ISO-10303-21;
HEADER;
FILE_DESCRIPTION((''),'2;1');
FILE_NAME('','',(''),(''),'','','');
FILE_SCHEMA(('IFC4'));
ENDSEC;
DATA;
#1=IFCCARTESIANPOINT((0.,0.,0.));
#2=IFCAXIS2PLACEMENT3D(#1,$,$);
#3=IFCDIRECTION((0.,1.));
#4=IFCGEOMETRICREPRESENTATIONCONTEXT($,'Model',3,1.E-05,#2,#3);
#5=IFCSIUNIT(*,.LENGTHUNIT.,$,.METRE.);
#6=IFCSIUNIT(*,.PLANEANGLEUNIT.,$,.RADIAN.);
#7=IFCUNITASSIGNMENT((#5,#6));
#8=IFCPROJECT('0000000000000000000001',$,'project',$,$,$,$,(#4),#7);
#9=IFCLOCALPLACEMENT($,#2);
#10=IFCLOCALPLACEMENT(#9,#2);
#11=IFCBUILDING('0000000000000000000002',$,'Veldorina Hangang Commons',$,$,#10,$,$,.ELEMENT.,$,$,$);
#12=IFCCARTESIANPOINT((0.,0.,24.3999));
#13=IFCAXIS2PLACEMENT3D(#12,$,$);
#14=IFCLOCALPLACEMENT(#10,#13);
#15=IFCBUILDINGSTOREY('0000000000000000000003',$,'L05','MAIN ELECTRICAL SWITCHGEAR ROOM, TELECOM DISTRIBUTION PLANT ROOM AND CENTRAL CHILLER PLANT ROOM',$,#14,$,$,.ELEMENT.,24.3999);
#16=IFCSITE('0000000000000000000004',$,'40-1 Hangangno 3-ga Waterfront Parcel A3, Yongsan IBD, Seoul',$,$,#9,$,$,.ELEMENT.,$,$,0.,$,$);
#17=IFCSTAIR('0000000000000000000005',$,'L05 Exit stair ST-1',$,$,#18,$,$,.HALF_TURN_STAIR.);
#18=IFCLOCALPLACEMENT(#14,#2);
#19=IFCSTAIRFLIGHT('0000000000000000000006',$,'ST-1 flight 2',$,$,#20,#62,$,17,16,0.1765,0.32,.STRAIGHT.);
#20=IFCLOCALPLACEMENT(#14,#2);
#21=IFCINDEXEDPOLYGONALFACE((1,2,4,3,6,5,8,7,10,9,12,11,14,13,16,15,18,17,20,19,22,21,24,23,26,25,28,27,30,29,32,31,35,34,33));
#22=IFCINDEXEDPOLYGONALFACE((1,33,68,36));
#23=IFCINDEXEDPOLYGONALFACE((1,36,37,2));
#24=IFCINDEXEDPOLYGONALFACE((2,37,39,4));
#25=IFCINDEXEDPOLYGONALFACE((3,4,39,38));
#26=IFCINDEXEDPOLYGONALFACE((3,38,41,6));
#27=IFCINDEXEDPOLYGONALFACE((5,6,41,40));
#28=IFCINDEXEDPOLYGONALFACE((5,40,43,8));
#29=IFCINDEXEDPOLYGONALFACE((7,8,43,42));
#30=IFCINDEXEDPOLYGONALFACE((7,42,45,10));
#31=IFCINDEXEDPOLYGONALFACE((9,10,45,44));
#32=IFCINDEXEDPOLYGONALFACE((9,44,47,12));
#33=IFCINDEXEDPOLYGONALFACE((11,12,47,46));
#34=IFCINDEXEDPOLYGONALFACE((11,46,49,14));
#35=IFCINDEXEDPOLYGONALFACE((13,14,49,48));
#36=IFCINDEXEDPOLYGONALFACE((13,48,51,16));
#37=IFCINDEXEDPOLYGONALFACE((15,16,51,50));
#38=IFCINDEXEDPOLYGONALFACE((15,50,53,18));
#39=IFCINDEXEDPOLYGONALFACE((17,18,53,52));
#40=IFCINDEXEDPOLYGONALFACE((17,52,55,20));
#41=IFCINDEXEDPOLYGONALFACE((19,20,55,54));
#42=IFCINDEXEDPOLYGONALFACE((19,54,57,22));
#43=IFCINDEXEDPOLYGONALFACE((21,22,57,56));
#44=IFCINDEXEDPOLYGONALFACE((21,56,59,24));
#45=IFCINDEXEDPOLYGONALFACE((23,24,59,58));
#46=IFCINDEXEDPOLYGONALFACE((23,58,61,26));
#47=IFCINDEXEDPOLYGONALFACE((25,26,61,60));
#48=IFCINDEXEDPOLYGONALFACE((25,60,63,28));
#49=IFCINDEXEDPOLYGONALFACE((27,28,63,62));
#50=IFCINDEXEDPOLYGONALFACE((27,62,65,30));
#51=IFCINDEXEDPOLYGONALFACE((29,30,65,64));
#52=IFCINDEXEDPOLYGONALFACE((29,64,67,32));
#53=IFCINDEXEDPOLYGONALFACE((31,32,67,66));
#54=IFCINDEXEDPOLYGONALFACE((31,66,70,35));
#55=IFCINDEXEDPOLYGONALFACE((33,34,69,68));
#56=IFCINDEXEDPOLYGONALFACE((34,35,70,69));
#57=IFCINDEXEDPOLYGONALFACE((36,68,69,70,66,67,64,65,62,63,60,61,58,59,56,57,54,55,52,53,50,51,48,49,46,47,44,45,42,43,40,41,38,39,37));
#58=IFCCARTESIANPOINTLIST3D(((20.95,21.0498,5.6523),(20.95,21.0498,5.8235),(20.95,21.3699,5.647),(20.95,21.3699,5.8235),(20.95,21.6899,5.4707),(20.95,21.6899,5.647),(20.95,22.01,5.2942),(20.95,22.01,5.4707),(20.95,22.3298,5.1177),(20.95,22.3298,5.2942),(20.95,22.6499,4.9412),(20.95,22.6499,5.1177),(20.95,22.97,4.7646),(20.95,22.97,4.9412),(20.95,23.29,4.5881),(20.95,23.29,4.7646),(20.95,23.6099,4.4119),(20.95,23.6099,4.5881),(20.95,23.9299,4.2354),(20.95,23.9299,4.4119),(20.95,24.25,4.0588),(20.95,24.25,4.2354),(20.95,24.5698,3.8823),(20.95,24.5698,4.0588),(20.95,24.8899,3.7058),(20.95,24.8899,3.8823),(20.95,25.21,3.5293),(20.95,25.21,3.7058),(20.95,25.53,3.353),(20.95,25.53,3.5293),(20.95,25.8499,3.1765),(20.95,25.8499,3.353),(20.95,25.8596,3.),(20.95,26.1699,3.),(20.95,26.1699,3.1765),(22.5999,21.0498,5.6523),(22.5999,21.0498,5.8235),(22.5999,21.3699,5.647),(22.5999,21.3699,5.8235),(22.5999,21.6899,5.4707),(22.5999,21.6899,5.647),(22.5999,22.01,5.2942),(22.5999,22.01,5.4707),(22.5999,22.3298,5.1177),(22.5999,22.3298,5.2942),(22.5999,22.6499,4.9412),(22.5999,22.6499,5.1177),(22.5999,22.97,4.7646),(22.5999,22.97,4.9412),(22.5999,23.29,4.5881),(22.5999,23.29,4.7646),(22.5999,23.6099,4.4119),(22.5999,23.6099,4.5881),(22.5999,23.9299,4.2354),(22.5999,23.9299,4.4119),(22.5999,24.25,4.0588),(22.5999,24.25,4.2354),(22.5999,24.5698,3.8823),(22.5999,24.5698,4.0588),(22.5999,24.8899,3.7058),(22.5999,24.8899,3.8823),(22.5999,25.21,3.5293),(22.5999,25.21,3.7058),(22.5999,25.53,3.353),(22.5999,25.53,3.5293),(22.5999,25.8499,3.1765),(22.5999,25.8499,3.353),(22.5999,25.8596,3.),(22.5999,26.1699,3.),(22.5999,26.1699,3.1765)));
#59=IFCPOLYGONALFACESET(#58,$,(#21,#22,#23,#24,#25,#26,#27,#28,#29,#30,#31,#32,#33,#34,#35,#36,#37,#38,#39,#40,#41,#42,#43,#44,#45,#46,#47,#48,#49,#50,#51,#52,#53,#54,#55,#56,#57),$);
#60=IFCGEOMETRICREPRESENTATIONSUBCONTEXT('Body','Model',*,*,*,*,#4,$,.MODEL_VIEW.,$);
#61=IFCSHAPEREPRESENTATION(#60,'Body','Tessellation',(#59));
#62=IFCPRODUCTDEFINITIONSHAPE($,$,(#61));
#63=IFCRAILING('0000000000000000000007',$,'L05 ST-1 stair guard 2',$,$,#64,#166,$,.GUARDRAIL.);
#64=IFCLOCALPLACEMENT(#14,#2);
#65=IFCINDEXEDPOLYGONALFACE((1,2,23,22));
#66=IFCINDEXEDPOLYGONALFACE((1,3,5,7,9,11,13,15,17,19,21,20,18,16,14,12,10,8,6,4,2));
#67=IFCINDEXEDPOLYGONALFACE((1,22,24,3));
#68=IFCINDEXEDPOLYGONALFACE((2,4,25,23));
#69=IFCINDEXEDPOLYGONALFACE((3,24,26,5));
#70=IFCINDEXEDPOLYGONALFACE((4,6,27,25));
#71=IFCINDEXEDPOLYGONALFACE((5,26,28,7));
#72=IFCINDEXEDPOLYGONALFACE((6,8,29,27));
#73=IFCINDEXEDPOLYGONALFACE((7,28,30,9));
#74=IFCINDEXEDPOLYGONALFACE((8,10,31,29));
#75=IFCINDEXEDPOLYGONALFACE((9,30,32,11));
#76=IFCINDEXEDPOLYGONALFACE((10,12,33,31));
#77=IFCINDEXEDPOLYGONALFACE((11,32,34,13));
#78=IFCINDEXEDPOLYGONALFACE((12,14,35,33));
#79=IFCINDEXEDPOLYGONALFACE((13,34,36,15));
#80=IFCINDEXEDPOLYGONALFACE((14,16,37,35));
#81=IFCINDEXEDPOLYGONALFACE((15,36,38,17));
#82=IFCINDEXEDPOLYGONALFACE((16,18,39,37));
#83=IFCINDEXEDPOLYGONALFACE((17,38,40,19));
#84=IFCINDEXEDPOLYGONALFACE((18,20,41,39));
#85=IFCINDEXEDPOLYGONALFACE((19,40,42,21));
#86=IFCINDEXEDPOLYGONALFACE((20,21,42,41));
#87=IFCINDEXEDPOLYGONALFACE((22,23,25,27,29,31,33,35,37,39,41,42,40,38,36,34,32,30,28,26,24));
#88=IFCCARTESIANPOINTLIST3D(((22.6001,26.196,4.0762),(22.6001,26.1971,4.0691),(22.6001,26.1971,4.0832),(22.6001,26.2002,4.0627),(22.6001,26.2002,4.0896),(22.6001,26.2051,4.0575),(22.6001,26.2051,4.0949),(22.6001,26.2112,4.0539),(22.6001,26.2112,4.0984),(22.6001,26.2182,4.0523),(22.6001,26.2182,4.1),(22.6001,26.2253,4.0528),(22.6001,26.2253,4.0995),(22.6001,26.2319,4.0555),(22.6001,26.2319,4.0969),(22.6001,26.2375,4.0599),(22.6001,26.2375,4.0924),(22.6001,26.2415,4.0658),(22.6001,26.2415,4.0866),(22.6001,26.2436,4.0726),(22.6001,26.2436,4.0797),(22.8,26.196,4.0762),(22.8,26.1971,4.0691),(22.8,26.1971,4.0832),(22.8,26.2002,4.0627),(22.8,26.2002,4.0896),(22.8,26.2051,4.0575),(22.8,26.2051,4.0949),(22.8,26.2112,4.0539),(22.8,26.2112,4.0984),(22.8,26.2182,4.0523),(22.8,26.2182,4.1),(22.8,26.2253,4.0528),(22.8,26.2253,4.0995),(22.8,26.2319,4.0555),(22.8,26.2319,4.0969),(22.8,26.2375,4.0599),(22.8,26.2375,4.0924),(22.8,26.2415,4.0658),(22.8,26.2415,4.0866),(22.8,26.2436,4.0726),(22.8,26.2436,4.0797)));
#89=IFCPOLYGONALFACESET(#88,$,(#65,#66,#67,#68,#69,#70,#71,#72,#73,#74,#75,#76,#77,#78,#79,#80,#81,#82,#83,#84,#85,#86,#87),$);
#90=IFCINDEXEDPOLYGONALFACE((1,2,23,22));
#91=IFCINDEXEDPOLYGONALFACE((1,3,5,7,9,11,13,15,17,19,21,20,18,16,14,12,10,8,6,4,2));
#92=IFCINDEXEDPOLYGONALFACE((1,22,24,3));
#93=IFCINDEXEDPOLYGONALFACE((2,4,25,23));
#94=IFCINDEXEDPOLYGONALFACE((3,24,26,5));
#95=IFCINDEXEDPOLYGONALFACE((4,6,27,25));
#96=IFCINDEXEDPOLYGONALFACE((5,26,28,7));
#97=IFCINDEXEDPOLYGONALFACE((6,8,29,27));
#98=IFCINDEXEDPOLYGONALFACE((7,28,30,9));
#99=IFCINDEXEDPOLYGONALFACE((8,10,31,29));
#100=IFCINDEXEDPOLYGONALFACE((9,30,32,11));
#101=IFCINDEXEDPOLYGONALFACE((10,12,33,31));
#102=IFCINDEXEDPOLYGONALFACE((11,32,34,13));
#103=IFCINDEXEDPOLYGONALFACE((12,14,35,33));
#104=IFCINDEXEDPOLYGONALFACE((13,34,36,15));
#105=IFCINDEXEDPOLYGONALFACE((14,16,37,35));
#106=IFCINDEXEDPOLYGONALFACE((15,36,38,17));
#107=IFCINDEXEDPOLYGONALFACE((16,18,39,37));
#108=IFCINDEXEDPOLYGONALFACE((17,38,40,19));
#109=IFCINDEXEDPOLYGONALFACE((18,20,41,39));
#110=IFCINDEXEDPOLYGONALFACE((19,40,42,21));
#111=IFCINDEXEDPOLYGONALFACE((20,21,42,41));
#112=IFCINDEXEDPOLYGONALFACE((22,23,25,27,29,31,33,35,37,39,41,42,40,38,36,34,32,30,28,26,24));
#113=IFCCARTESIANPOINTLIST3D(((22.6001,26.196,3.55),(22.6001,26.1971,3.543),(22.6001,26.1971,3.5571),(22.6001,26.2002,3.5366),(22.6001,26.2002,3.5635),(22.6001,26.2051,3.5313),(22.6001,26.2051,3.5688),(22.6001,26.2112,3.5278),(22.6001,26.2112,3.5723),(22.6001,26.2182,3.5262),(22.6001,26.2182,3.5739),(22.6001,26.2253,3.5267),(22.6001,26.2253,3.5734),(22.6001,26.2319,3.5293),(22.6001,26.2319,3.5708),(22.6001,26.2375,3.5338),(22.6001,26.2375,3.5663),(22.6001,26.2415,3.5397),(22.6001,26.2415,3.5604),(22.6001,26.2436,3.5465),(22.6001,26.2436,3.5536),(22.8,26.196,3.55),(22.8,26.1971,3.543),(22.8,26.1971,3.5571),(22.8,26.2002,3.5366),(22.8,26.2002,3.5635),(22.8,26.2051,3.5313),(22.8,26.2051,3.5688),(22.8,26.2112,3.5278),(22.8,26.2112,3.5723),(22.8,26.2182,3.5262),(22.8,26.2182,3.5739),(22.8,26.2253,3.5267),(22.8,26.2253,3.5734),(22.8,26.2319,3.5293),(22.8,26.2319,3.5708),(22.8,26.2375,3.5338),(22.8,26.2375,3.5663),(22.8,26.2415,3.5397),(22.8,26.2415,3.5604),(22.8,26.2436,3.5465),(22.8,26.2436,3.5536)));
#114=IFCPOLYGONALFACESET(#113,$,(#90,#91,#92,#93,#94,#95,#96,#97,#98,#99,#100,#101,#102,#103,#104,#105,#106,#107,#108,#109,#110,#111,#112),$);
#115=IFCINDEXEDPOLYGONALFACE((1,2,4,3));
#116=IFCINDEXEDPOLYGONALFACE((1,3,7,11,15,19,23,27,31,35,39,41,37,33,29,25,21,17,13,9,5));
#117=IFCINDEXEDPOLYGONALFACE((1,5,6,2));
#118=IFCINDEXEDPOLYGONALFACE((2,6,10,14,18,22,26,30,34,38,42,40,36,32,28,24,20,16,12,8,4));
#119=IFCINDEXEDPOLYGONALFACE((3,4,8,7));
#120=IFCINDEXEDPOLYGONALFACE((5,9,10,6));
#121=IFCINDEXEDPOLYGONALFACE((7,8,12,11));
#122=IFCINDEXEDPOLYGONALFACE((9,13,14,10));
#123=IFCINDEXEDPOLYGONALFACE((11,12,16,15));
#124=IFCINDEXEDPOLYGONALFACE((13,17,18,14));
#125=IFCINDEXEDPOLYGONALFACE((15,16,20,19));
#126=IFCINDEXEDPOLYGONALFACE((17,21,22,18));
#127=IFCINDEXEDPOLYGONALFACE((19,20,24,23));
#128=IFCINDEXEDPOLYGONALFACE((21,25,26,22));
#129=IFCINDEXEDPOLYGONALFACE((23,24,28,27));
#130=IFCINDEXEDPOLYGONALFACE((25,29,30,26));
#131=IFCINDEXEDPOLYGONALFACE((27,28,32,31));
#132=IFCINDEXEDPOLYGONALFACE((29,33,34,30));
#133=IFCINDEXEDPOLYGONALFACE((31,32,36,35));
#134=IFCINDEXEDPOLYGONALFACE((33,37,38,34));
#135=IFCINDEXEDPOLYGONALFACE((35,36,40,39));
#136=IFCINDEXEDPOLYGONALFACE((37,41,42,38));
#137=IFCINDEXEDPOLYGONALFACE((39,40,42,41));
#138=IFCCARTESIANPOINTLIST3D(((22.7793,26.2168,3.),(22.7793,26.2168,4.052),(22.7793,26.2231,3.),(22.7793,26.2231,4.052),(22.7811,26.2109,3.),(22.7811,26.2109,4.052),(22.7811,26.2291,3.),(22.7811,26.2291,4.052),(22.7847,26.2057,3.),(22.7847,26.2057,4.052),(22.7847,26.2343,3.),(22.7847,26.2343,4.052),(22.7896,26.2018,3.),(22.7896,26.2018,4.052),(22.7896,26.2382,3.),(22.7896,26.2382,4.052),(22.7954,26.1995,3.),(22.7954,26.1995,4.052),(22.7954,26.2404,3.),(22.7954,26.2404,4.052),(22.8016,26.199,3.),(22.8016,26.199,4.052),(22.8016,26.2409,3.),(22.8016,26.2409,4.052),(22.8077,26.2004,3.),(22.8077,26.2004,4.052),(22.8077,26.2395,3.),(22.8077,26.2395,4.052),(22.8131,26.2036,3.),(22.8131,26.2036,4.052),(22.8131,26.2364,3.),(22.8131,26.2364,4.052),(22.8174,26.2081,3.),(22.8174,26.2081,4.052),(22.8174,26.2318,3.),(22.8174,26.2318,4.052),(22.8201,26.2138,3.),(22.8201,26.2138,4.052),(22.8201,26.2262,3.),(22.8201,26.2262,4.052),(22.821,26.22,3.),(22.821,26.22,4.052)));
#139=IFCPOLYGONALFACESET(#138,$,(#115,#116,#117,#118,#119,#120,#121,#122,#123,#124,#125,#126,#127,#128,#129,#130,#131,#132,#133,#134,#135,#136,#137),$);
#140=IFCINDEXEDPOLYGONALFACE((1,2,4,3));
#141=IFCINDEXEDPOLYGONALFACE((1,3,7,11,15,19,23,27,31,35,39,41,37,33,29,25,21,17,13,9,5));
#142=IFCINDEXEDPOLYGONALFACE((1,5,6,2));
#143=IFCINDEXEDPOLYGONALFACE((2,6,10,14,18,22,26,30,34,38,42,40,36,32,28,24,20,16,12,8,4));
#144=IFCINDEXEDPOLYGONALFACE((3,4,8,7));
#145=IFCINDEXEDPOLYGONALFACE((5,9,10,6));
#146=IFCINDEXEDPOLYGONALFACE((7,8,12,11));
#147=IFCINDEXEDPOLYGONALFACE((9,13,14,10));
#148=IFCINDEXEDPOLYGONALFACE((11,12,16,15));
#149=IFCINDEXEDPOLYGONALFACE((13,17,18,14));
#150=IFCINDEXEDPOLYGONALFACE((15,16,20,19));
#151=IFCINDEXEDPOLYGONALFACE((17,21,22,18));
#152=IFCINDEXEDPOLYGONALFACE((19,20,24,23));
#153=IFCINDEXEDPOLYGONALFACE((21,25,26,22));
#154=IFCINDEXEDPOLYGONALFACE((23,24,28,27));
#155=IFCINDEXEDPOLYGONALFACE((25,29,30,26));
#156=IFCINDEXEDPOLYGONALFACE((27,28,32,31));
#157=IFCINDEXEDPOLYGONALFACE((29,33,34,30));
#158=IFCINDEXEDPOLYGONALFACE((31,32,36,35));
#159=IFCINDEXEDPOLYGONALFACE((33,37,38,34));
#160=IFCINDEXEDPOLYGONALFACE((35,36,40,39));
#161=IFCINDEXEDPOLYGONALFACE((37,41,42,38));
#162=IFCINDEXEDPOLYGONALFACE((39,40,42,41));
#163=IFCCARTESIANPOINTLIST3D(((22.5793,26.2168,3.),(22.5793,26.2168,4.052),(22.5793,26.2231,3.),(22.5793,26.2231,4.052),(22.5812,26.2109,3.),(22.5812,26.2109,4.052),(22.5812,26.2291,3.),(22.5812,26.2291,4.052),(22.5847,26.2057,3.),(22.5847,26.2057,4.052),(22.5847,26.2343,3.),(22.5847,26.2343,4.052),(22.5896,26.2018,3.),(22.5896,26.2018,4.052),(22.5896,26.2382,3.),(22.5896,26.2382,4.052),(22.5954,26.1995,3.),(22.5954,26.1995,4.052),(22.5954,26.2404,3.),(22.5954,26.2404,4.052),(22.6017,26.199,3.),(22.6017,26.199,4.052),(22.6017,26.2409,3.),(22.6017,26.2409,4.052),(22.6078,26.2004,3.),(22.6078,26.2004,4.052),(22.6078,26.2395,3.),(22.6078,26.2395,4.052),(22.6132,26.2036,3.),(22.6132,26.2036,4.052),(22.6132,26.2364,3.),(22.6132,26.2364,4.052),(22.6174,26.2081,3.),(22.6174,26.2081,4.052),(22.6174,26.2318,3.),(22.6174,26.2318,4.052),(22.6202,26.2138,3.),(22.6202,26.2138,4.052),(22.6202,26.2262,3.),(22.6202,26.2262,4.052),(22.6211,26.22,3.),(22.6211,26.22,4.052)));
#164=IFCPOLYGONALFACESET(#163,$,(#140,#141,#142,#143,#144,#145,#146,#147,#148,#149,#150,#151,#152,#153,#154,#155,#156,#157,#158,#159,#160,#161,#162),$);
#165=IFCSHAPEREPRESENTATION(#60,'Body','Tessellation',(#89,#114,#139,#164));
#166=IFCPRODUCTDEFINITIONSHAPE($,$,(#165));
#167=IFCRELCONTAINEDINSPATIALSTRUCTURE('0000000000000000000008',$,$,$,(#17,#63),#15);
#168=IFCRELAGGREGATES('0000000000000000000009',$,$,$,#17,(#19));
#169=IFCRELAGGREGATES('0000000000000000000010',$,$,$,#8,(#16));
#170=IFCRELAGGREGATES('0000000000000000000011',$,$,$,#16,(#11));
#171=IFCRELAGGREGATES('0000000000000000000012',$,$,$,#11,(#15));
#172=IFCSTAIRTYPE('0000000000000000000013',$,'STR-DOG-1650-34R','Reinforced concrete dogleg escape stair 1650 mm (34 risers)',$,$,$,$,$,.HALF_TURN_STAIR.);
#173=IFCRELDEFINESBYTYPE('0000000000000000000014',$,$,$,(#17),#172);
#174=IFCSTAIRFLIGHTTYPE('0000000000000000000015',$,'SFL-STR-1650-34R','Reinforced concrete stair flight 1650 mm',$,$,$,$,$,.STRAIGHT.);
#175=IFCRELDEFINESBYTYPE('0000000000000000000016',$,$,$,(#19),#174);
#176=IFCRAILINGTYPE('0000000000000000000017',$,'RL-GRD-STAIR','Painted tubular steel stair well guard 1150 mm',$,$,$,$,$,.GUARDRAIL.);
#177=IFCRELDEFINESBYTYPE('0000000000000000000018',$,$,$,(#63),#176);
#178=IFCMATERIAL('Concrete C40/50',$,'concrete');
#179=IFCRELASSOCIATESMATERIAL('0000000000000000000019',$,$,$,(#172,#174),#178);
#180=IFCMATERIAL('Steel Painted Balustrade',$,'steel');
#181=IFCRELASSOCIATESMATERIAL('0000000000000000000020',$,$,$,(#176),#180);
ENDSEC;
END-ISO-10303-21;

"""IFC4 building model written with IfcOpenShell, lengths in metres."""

from ifc_helpers import new_model, si_unit, direction, frame, origin, origin_2d, place, context, subcontext, project, spatial, polyline, circle, outline, extrude, material, type_object, element, aggregate, save


model = new_model("IFC4")

# Units and contexts
model_context = context("Model", 3, precision=1e-05, world=origin(), true_north=direction((0.0, 1.0)))
body_context = subcontext(model_context, "Body", "Model", "MODEL_VIEW")
ifc_project = project(units=[si_unit("LENGTHUNIT", "METRE"), si_unit("PLANEANGLEUNIT", "RADIAN")], contexts=[model_context])

# Site, building, storey
site_placement = place(None, origin())
site = spatial("IfcSite", under=ifc_project, at=site_placement, Name="40-1 Hangangno 3-ga Waterfront Parcel A3, Yongsan IBD, Seoul", CompositionType="ELEMENT", RefElevation=0.0)
building_placement = place(site_placement, origin())
building = spatial("IfcBuilding", under=site, at=building_placement, Name="Veldorina Hangang Commons", CompositionType="ELEMENT")
storey_placement = place(building_placement, frame((0.0, 0.0, 24.3999)))
storey = spatial("IfcBuildingStorey", under=building, at=storey_placement, Name="L05", Description="MAIN ELECTRICAL SWITCHGEAR ROOM, TELECOM DISTRIBUTION PLANT ROOM AND CENTRAL CHILLER PLANT ROOM", CompositionType="ELEMENT", Elevation=24.3999)

# Stair, stair flight
ifc_material_1 = material(Name="Concrete C40/50", Category="concrete")
stair_type = type_object("IfcStairType", Name="STR-DOG-1650-34R", Description="Reinforced concrete dogleg escape stair 1650 mm (34 risers)", PredefinedType="HALF_TURN_STAIR", material=ifc_material_1)
stair_placement = place(storey_placement, origin())
stair = element("IfcStair", 1, at=stair_placement, inside=storey, type_object=stair_type, Name="L05 Exit stair ST-1", PredefinedType="HALF_TURN_STAIR")
stair_flight_type = type_object("IfcStairFlightType", Name="SFL-STR-1650-34R", Description="Reinforced concrete stair flight 1650 mm", PredefinedType="STRAIGHT", material=ifc_material_1)
stair_flight_placement = place(storey_placement, frame((21.7749, 26.1699, 3.0), z_axis=(0.0, 0.0, 1.0), x_axis=(0.0, -1.0, 0.0)))
stair_flight = element("IfcStairFlight", 2, at=stair_flight_placement, type_object=stair_flight_type, Name="ST-1 flight 2", NumberOfRisers=17, NumberOfTreads=16, PredefinedType="STRAIGHT", RiserHeight=0.1765, TreadLength=0.32, context=body_context, shape_type="SweptSolid", body=[
    extrude(outline(polyline([(0.0, 0.0), (0.0, 0.1765), (0.3201, 0.1765), (0.3201, 0.353), (0.6399, 0.353), (0.6399, 0.5293), (0.96, 0.5293), (0.96, 0.7058), (1.28, 0.7058), (1.28, 0.8823), (1.6001, 0.8823), (1.6001, 1.0588), (1.9199, 1.0588), (1.9199, 1.2354), (2.24, 1.2354), (2.24, 1.4119), (2.5601, 1.4119), (2.5601, 1.5881), (2.8799, 1.5881), (2.8799, 1.7646), (3.2, 1.7646), (3.2, 1.9412), (3.52, 1.9412), (3.52, 2.1177), (3.8401, 2.1177), (3.8401, 2.2942), (4.1599, 2.2942), (4.1599, 2.4707), (4.48, 2.4707), (4.48, 2.647), (4.8, 2.647), (4.8, 2.8235), (5.1201, 2.8235), (5.1201, 3.0), (5.1201, 2.6523), (0.3103, 0.0), (0.0, 0.0)])), frame((0.0, 0.825, 0.0), z_axis=(0.0, -1.0, 0.0), x_axis=(1.0, 0.0, 0.0)), (0.0, 0.0, 1.0), 1.6499),
])
aggregate(stair, [stair_flight])

# Railing
ifc_material_2 = material(Name="Steel Painted Balustrade", Category="steel")
railing_type_1 = type_object("IfcRailingType", Name="RL-GRD-STAIR", Description="Painted tubular steel stair well guard 1150 mm", PredefinedType="GUARDRAIL", material=ifc_material_2)
railing_1_placement = place(storey_placement, frame((22.8, 26.22, 3.0)))
element("IfcRailing", 3, at=railing_1_placement, inside=storey, type_object=railing_type_1, Name="L05 ST-1 stair guard 2", PredefinedType="GUARDRAIL", context=body_context, shape_type="SweptSolid", body=[
    extrude(circle(Radius=0.0239, at=origin_2d()), frame((0.0, 0.0, 1.0762), z_axis=(-1.0, 0.0, 0.0), x_axis=(0.0, -1.0, 0.0)), (0.0, 0.0, 1.0), 0.2),
    extrude(circle(Radius=0.0239, at=origin_2d()), frame((0.0, 0.0, 0.55), z_axis=(-1.0, 0.0, 0.0), x_axis=(0.0, -1.0, 0.0)), (0.0, 0.0, 1.0), 0.2),
    extrude(circle(Radius=0.021, at=origin_2d()), origin(), (0.0, 0.0, 1.0), 1.052),
    extrude(circle(Radius=0.021, at=origin_2d()), frame((-0.2, 0.0, 0.0)), (0.0, 0.0, 1.0), 1.052),
])

save(model, "model.ifc")
